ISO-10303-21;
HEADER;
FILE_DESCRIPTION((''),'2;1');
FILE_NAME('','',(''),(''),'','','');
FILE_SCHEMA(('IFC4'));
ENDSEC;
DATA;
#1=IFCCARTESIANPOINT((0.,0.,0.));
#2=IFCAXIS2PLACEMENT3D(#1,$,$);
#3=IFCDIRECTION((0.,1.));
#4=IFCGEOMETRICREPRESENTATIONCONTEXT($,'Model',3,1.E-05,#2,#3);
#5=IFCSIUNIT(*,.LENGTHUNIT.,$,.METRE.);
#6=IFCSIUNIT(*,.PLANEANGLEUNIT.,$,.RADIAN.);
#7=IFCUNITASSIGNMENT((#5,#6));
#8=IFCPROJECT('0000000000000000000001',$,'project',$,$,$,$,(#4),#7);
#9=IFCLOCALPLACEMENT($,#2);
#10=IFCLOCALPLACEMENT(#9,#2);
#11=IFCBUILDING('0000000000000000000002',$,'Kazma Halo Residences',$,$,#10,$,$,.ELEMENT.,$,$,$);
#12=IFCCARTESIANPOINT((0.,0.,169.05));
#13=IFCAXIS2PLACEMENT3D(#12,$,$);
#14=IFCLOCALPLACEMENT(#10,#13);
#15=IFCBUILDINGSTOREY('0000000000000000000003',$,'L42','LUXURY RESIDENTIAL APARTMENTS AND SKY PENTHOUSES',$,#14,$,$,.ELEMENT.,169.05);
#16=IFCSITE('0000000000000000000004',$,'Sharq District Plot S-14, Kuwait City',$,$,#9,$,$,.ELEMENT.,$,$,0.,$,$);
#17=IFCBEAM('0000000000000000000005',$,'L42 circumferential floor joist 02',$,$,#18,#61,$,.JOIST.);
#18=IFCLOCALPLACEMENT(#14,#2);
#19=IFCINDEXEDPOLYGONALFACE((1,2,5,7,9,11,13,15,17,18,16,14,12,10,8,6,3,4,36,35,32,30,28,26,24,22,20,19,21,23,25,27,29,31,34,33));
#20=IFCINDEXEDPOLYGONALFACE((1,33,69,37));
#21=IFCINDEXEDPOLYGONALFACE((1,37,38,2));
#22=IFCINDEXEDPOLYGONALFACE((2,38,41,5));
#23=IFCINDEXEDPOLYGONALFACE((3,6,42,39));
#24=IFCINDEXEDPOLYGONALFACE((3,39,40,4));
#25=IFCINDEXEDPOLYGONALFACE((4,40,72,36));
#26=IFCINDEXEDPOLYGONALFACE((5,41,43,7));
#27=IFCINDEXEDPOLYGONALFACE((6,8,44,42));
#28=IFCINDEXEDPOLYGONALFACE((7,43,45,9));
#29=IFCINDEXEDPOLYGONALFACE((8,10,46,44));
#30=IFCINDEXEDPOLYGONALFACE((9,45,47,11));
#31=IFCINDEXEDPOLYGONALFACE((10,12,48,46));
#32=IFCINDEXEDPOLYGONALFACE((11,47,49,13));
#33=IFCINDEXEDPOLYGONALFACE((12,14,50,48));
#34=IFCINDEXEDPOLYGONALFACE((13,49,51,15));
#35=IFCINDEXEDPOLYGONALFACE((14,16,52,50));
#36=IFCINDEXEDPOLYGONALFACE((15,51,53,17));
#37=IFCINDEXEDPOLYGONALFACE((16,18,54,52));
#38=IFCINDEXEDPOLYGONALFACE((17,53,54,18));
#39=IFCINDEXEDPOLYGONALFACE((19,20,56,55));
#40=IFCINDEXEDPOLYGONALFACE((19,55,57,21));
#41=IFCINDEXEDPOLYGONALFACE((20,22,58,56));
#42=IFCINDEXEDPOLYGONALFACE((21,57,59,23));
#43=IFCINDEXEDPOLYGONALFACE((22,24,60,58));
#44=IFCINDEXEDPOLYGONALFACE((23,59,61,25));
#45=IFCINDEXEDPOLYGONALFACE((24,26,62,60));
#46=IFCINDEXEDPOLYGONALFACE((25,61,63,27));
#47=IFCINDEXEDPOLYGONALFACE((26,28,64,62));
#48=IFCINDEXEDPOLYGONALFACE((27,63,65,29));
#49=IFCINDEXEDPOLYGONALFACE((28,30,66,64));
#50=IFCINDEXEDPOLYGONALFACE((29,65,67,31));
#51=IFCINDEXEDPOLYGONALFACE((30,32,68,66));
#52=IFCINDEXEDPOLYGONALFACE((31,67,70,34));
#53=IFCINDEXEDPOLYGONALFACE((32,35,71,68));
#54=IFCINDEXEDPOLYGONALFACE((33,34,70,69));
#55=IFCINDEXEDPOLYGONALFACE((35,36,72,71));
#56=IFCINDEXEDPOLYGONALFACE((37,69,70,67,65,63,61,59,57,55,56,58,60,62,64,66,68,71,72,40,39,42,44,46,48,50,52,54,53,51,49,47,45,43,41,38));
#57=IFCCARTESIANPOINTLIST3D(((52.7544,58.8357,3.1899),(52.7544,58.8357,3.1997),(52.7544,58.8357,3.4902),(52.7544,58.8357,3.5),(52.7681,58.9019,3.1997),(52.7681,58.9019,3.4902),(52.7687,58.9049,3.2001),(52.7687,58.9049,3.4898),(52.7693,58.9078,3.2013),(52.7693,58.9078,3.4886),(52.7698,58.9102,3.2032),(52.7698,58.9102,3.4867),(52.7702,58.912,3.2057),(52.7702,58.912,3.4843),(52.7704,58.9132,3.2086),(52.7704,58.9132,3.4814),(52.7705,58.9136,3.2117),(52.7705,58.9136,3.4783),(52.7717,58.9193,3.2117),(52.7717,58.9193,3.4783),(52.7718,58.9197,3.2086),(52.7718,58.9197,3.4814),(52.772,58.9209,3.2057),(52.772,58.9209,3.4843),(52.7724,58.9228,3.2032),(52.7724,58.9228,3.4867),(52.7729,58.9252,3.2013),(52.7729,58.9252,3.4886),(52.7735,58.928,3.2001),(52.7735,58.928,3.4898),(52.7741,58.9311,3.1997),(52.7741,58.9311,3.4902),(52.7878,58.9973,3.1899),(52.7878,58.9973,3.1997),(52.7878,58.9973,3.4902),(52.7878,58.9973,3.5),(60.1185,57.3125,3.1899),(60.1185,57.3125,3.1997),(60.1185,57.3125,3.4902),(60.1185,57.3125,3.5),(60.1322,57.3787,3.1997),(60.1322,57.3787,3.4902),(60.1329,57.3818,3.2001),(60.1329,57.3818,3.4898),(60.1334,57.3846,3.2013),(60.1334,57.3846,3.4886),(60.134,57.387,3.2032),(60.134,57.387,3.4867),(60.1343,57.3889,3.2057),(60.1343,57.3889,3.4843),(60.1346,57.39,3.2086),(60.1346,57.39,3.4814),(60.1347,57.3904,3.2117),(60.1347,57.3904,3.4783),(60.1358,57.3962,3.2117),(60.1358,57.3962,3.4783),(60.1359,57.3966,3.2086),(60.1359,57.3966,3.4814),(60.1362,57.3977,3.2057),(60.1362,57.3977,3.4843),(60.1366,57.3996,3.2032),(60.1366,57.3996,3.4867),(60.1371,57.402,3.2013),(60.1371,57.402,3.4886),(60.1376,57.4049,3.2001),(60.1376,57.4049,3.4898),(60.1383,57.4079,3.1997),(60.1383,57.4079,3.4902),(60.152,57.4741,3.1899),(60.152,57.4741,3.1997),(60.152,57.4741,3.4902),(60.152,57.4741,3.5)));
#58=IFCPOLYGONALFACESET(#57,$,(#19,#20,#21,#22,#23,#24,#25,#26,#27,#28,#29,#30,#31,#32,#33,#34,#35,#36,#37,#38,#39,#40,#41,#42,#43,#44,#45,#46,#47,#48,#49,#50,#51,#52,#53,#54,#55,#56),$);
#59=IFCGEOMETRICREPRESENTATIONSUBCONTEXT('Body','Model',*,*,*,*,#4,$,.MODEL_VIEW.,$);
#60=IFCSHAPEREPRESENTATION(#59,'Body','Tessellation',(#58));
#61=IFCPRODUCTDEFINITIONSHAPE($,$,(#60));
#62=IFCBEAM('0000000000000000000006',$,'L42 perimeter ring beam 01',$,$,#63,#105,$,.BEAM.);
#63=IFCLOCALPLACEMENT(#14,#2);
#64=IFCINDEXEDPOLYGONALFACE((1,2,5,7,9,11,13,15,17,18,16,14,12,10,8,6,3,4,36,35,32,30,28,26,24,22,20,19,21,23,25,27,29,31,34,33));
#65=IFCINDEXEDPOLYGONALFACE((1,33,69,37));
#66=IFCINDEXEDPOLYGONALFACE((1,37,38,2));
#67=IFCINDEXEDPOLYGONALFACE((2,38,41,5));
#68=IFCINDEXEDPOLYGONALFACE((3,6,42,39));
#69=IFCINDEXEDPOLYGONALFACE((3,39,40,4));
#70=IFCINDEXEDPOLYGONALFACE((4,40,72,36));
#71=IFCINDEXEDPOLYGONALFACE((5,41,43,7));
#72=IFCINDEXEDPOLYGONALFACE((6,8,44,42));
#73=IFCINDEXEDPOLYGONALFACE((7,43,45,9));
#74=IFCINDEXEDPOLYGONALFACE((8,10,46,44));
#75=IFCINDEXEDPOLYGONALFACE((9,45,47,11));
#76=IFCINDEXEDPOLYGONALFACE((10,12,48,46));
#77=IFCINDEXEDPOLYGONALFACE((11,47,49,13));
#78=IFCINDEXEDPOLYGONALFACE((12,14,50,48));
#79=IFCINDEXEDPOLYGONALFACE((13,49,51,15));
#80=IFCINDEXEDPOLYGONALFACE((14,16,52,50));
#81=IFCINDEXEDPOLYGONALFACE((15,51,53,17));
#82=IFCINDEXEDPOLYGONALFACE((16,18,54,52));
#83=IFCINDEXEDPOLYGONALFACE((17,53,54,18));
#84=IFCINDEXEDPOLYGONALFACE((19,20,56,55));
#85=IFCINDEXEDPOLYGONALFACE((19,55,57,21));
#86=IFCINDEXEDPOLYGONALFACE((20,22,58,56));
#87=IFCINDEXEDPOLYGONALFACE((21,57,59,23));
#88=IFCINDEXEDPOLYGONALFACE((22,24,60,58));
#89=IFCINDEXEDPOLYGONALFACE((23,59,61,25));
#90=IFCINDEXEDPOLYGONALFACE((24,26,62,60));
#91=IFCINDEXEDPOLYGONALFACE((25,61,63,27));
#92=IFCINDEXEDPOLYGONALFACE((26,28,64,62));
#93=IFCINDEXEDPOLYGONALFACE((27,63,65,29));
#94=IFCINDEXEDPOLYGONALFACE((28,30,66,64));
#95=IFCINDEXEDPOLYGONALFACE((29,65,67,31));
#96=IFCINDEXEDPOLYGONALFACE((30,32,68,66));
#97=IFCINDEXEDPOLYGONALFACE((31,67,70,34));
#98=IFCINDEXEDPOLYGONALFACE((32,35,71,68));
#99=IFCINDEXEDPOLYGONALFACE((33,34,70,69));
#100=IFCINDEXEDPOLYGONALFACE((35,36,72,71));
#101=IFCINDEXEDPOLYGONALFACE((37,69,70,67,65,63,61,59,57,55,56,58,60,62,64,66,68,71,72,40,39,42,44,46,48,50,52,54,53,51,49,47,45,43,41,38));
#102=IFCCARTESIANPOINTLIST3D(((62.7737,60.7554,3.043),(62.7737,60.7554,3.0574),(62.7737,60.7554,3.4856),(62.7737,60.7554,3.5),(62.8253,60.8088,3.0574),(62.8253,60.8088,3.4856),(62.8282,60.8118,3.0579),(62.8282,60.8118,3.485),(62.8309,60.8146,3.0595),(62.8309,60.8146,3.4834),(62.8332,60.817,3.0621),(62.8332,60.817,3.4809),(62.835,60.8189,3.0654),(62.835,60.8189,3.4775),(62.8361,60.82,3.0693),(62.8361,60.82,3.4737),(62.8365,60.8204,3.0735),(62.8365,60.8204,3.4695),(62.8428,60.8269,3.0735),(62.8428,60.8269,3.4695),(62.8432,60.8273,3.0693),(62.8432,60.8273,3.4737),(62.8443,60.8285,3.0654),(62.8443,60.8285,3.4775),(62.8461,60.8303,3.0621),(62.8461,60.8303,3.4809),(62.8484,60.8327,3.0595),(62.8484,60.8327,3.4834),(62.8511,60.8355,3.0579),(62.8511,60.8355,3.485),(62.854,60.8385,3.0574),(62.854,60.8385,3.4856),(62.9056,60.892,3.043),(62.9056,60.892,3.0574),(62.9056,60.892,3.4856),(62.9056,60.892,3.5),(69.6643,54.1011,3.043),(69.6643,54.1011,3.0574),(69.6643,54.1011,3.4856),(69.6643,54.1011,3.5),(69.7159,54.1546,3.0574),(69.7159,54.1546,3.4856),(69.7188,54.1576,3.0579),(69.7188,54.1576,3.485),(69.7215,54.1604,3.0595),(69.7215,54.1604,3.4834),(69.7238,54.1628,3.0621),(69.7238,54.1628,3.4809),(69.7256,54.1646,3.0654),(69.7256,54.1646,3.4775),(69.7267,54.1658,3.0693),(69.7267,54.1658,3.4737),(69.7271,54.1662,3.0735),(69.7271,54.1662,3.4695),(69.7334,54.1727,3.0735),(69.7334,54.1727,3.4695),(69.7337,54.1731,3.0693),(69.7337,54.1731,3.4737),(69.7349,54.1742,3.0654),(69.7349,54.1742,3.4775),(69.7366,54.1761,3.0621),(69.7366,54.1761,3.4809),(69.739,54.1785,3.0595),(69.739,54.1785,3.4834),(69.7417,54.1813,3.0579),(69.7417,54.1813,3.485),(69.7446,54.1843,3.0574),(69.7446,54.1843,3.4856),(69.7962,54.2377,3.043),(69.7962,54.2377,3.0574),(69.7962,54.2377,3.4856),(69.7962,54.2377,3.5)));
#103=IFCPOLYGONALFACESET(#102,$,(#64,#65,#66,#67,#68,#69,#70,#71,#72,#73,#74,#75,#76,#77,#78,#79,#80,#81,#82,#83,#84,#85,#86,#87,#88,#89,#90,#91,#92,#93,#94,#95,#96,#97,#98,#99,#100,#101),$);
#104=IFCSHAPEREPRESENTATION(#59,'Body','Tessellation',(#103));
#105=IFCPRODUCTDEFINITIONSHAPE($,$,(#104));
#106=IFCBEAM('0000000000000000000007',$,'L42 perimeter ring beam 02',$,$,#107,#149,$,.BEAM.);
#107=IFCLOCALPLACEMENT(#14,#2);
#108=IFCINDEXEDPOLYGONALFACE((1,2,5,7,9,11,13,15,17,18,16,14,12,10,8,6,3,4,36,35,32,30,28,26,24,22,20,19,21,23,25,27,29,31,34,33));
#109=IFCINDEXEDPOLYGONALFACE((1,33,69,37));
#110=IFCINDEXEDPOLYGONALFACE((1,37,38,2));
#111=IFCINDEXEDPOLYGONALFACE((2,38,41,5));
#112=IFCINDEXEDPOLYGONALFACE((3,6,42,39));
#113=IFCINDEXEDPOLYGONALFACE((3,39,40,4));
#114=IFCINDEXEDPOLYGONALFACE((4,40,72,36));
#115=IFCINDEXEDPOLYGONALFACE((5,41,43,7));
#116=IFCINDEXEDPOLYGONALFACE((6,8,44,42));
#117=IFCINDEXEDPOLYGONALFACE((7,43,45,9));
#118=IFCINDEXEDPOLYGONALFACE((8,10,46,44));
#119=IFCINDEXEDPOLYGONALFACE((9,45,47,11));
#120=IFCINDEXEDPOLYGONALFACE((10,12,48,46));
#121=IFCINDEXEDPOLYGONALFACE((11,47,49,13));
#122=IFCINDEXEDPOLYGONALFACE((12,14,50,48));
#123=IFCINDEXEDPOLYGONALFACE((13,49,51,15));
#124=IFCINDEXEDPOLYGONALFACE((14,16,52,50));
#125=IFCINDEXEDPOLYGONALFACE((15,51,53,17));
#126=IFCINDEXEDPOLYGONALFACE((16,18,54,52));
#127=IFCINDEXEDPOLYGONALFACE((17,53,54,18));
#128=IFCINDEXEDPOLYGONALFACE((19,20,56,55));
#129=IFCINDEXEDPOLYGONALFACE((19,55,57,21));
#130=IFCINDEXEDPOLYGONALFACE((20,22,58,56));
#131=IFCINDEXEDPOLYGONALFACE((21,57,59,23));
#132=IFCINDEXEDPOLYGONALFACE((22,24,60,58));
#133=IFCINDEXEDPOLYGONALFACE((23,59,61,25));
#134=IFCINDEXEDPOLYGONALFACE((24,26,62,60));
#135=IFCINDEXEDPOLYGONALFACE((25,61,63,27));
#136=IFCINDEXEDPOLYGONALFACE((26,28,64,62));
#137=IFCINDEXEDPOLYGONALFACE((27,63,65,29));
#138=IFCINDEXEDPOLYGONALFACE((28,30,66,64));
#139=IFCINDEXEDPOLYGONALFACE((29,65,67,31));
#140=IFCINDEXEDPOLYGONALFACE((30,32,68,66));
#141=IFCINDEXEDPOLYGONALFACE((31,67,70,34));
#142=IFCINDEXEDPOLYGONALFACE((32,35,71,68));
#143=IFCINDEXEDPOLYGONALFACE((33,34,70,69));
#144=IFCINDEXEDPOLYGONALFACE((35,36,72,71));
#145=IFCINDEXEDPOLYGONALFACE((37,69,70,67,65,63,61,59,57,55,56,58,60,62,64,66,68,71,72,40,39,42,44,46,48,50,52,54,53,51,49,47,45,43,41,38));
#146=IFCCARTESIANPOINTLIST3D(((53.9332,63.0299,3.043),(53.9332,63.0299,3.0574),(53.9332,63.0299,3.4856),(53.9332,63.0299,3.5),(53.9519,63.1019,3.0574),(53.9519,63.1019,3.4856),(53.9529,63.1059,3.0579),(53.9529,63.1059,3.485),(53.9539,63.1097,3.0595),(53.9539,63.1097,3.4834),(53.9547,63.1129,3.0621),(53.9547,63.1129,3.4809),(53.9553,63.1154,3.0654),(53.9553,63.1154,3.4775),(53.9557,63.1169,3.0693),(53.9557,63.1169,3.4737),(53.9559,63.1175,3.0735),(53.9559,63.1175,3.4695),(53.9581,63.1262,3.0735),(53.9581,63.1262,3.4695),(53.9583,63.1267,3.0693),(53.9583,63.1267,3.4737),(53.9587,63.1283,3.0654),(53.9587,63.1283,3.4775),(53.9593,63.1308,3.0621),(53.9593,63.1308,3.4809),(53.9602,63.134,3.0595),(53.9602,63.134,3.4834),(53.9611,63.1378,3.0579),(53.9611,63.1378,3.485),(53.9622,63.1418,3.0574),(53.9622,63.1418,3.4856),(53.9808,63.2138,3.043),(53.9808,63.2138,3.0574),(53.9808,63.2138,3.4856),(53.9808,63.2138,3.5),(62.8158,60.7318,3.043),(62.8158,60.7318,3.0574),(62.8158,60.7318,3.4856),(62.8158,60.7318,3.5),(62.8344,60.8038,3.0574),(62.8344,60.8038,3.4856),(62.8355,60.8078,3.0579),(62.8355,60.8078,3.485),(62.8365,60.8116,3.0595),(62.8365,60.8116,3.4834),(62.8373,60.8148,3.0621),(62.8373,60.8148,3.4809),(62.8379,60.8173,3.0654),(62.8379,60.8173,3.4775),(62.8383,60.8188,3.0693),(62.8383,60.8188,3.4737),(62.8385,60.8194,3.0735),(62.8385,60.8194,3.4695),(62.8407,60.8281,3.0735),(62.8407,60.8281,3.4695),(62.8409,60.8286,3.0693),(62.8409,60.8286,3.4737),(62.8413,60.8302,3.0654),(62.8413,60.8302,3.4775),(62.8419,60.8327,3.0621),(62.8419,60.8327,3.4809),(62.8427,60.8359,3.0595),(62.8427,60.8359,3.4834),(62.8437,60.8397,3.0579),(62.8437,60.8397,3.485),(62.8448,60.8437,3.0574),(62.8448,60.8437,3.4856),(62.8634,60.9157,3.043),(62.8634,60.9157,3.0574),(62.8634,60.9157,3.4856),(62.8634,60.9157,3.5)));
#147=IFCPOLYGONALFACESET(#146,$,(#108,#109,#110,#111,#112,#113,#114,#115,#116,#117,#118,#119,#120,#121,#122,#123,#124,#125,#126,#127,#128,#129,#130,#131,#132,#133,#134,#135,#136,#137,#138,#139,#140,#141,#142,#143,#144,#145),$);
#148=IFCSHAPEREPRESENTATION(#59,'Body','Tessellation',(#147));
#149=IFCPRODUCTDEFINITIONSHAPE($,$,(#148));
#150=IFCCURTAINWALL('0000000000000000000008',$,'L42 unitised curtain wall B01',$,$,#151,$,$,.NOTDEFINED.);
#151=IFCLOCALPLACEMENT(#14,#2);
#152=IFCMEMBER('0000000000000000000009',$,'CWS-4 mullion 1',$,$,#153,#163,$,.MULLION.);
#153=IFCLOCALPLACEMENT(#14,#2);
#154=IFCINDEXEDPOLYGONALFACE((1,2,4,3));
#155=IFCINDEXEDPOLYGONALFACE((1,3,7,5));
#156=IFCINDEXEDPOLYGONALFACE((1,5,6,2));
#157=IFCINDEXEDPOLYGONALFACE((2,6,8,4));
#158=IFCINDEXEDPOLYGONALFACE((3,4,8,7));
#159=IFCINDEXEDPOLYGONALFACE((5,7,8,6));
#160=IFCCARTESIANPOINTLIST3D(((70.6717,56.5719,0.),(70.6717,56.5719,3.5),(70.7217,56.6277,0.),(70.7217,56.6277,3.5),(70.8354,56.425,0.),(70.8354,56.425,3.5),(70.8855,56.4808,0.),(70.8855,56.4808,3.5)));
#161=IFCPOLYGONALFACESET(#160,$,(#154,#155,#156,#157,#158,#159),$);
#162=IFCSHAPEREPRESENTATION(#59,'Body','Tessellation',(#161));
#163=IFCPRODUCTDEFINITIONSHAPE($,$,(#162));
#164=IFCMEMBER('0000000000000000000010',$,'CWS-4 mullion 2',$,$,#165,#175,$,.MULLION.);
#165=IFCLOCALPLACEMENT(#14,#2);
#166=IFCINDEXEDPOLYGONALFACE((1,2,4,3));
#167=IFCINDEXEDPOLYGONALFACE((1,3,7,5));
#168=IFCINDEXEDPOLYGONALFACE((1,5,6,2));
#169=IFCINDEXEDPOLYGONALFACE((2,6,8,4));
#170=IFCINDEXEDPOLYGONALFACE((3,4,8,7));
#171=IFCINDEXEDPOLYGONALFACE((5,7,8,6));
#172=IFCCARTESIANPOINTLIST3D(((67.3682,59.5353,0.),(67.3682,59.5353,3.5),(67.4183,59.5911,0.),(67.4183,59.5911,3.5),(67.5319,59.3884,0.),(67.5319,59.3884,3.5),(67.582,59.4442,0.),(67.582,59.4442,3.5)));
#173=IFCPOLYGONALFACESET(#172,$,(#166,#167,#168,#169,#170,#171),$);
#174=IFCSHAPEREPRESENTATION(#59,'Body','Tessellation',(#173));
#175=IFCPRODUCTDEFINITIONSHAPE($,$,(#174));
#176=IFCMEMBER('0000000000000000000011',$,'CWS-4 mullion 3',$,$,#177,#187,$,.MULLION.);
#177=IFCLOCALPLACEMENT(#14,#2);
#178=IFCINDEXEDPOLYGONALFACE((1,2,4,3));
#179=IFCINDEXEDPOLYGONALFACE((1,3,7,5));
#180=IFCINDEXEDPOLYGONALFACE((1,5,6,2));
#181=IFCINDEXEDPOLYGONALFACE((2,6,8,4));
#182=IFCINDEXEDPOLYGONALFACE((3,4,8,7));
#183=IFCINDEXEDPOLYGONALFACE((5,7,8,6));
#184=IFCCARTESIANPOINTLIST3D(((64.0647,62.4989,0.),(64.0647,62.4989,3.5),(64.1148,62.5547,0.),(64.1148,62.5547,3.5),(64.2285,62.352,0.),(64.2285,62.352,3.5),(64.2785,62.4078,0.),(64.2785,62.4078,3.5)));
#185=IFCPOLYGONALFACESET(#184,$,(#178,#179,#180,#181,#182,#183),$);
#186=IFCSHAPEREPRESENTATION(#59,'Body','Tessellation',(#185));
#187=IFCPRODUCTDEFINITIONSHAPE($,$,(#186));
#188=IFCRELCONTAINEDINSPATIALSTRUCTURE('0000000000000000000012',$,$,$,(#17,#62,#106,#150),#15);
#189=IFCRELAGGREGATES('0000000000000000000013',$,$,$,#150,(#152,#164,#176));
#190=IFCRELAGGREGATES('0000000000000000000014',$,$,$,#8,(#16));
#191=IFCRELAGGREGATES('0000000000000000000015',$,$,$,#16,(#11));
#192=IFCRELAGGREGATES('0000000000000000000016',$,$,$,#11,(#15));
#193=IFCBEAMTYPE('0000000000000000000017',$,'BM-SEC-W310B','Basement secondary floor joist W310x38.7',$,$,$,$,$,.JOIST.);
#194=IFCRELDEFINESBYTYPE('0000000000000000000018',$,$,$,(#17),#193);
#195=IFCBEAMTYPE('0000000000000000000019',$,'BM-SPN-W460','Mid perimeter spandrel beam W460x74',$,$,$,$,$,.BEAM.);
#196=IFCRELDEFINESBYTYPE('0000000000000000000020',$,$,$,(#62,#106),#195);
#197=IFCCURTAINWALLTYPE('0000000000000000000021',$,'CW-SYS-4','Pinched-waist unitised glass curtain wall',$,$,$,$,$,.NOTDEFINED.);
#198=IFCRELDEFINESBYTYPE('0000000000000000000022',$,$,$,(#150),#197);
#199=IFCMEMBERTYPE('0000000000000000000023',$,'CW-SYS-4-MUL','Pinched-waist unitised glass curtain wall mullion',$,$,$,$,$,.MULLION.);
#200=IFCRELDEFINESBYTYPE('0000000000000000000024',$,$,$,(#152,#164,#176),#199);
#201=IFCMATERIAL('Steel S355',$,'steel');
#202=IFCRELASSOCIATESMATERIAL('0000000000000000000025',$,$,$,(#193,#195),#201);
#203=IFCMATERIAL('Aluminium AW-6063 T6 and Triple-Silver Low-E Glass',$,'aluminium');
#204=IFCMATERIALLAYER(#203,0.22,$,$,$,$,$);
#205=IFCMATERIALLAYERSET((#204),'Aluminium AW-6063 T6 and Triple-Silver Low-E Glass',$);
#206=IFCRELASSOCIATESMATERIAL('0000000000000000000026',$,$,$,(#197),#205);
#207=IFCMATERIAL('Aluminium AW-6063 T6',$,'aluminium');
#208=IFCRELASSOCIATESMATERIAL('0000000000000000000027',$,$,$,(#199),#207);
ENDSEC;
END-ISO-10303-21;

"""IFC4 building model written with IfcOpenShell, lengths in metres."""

from ifc_helpers import new_model, si_unit, direction, frame, origin, origin_2d, place, context, subcontext, project, spatial, rectangle, i_section, extrude, material, layer, layer_set, material_profile, profile_set, type_object, element, aggregate, save


model = new_model("IFC4")

# Units and contexts
model_context = context("Model", 3, precision=1e-05, world=origin(), true_north=direction((0.0, 1.0)))
body_context = subcontext(model_context, "Body", "Model", "MODEL_VIEW")
ifc_project = project(units=[si_unit("LENGTHUNIT", "METRE"), si_unit("PLANEANGLEUNIT", "RADIAN")], contexts=[model_context])

# Site, building, storey
site_placement = place(None, origin())
site = spatial("IfcSite", under=ifc_project, at=site_placement, Name="Sharq District Plot S-14, Kuwait City", CompositionType="ELEMENT", RefElevation=0.0)
building_placement = place(site_placement, origin())
building = spatial("IfcBuilding", under=site, at=building_placement, Name="Kazma Halo Residences", CompositionType="ELEMENT")
storey_placement = place(building_placement, frame((0.0, 0.0, 169.05)))
storey = spatial("IfcBuildingStorey", under=building, at=storey_placement, Name="L42", Description="LUXURY RESIDENTIAL APARTMENTS AND SKY PENTHOUSES", CompositionType="ELEMENT", Elevation=169.05)

# Beams
ifc_material_1 = material(Name="Steel S355", Category="steel")
ifc_material_profile_1 = material_profile(ifc_material_1, i_section(OverallWidth=0.165, OverallDepth=0.3101, WebThickness=0.0059, FlangeThickness=0.0098, FilletRadius=0.012, at=origin_2d()), Name="W310x38.7")
ifc_profile_set_1 = profile_set([ifc_material_profile_1], Name="Steel S355")
beam_type_1 = type_object("IfcBeamType", Name="BM-SEC-W310B", Description="Basement secondary floor joist W310x38.7", PredefinedType="JOIST", material=ifc_profile_set_1)
beam_1_placement = place(storey_placement, frame((60.1353, 57.3933, 3.345), z_axis=(-0.979272, 0.202549, 0.0), x_axis=(-0.202549, -0.979272, 0.0)))
element("IfcBeam", 1, at=beam_1_placement, inside=storey, type_object=beam_type_1, Name="L42 circumferential floor joist 02", PredefinedType="JOIST", context=body_context, shape_type="SweptSolid", body=[
    extrude(i_section(OverallWidth=0.165, OverallDepth=0.3101, WebThickness=0.0059, FlangeThickness=0.0098, FilletRadius=0.012, at=origin_2d()), origin(), (0.0, 0.0, 1.0), 7.52),
])
ifc_material_profile_2 = material_profile(ifc_material_1, i_section(OverallWidth=0.1899, OverallDepth=0.457, WebThickness=0.009, FlangeThickness=0.0144, FilletRadius=0.0161, at=origin_2d()), Name="W460x74")
ifc_profile_set_2 = profile_set([ifc_material_profile_2], Name="Steel S355")
beam_type_2 = type_object("IfcBeamType", Name="BM-SPN-W460", Description="Mid perimeter spandrel beam W460x74", PredefinedType="BEAM", material=ifc_profile_set_2)
beam_2_placement = place(storey_placement, frame((69.7302, 54.1694, 3.2715), z_axis=(-0.719335, 0.694664, 0.0), x_axis=(-0.694664, -0.719335, 0.0)))
element("IfcBeam", 2, at=beam_2_placement, inside=storey, type_object=beam_type_2, Name="L42 perimeter ring beam 01", PredefinedType="BEAM", context=body_context, shape_type="SweptSolid", body=[
    extrude(i_section(OverallWidth=0.1899, OverallDepth=0.457, WebThickness=0.009, FlangeThickness=0.0144, FilletRadius=0.0161, at=origin_2d()), origin(), (0.0, 0.0, 1.0), 9.5791),
])
beam_3_placement = place(storey_placement, frame((62.8396, 60.8237, 3.2715), z_axis=(-0.968124, 0.250473, 0.0), x_axis=(-0.250473, -0.968124, 0.0)))
element("IfcBeam", 3, at=beam_3_placement, inside=storey, type_object=beam_type_2, Name="L42 perimeter ring beam 02", PredefinedType="BEAM", context=body_context, shape_type="SweptSolid", body=[
    extrude(i_section(OverallWidth=0.1899, OverallDepth=0.457, WebThickness=0.009, FlangeThickness=0.0144, FilletRadius=0.0161, at=origin_2d()), origin(), (0.0, 0.0, 1.0), 9.175),
])

# Curtain wall, members
ifc_material_2 = material(Name="Aluminium AW-6063 T6 and Triple-Silver Low-E Glass", Category="aluminium")
ifc_layer_1 = layer(ifc_material_2, 0.22)
ifc_layer_set_1 = layer_set([ifc_layer_1], Name="Aluminium AW-6063 T6 and Triple-Silver Low-E Glass")
curtain_wall_type = type_object("IfcCurtainWallType", Name="CW-SYS-4", Description="Pinched-waist unitised glass curtain wall", PredefinedType="NOTDEFINED", material=ifc_layer_set_1)
curtain_wall_1_placement = place(storey_placement, origin())
curtain_wall_1 = element("IfcCurtainWall", 4, at=curtain_wall_1_placement, inside=storey, type_object=curtain_wall_type, Name="L42 unitised curtain wall B01", PredefinedType="NOTDEFINED")
ifc_material_3 = material(Name="Aluminium AW-6063 T6", Category="aluminium")
ifc_material_profile_3 = material_profile(ifc_material_3, rectangle(XDim=0.075, YDim=0.22, at=origin_2d()), Name="CWM-75x220")
ifc_profile_set_3 = profile_set([ifc_material_profile_3], Name="Aluminium AW-6063 T6")
member_type_1 = type_object("IfcMemberType", Name="CW-SYS-4-MUL", Description="Pinched-waist unitised glass curtain wall mullion", PredefinedType="MULLION", material=ifc_profile_set_3)
member_1_placement = place(storey_placement, frame((70.7786, 56.5264, 0.0), z_axis=(0.0, 0.0, 1.0), x_axis=(-0.66777, -0.744368, 0.0)))
member_1 = element("IfcMember", 5, at=member_1_placement, type_object=member_type_1, Name="CWS-4 mullion 1", PredefinedType="MULLION", context=body_context, shape_type="SweptSolid", body=[
    extrude(rectangle(XDim=0.075, YDim=0.22, at=origin_2d()), origin(), (0.0, 0.0, 1.0), 3.5),
])
member_2_placement = place(storey_placement, frame((67.4751, 59.4897, 0.0), z_axis=(0.0, 0.0, 1.0), x_axis=(-0.66777, -0.744368, 0.0)))
member_2 = element("IfcMember", 6, at=member_2_placement, type_object=member_type_1, Name="CWS-4 mullion 2", PredefinedType="MULLION", context=body_context, shape_type="SweptSolid", body=[
    extrude(rectangle(XDim=0.075, YDim=0.22, at=origin_2d()), origin(), (0.0, 0.0, 1.0), 3.5),
])
member_3_placement = place(storey_placement, frame((64.1716, 62.4534, 0.0), z_axis=(0.0, 0.0, 1.0), x_axis=(-0.66777, -0.744368, 0.0)))
member_3 = element("IfcMember", 7, at=member_3_placement, type_object=member_type_1, Name="CWS-4 mullion 3", PredefinedType="MULLION", context=body_context, shape_type="SweptSolid", body=[
    extrude(rectangle(XDim=0.075, YDim=0.22, at=origin_2d()), origin(), (0.0, 0.0, 1.0), 3.5),
])

aggregate(curtain_wall_1, [member_1, member_2, member_3])

save(model, "model.ifc")
